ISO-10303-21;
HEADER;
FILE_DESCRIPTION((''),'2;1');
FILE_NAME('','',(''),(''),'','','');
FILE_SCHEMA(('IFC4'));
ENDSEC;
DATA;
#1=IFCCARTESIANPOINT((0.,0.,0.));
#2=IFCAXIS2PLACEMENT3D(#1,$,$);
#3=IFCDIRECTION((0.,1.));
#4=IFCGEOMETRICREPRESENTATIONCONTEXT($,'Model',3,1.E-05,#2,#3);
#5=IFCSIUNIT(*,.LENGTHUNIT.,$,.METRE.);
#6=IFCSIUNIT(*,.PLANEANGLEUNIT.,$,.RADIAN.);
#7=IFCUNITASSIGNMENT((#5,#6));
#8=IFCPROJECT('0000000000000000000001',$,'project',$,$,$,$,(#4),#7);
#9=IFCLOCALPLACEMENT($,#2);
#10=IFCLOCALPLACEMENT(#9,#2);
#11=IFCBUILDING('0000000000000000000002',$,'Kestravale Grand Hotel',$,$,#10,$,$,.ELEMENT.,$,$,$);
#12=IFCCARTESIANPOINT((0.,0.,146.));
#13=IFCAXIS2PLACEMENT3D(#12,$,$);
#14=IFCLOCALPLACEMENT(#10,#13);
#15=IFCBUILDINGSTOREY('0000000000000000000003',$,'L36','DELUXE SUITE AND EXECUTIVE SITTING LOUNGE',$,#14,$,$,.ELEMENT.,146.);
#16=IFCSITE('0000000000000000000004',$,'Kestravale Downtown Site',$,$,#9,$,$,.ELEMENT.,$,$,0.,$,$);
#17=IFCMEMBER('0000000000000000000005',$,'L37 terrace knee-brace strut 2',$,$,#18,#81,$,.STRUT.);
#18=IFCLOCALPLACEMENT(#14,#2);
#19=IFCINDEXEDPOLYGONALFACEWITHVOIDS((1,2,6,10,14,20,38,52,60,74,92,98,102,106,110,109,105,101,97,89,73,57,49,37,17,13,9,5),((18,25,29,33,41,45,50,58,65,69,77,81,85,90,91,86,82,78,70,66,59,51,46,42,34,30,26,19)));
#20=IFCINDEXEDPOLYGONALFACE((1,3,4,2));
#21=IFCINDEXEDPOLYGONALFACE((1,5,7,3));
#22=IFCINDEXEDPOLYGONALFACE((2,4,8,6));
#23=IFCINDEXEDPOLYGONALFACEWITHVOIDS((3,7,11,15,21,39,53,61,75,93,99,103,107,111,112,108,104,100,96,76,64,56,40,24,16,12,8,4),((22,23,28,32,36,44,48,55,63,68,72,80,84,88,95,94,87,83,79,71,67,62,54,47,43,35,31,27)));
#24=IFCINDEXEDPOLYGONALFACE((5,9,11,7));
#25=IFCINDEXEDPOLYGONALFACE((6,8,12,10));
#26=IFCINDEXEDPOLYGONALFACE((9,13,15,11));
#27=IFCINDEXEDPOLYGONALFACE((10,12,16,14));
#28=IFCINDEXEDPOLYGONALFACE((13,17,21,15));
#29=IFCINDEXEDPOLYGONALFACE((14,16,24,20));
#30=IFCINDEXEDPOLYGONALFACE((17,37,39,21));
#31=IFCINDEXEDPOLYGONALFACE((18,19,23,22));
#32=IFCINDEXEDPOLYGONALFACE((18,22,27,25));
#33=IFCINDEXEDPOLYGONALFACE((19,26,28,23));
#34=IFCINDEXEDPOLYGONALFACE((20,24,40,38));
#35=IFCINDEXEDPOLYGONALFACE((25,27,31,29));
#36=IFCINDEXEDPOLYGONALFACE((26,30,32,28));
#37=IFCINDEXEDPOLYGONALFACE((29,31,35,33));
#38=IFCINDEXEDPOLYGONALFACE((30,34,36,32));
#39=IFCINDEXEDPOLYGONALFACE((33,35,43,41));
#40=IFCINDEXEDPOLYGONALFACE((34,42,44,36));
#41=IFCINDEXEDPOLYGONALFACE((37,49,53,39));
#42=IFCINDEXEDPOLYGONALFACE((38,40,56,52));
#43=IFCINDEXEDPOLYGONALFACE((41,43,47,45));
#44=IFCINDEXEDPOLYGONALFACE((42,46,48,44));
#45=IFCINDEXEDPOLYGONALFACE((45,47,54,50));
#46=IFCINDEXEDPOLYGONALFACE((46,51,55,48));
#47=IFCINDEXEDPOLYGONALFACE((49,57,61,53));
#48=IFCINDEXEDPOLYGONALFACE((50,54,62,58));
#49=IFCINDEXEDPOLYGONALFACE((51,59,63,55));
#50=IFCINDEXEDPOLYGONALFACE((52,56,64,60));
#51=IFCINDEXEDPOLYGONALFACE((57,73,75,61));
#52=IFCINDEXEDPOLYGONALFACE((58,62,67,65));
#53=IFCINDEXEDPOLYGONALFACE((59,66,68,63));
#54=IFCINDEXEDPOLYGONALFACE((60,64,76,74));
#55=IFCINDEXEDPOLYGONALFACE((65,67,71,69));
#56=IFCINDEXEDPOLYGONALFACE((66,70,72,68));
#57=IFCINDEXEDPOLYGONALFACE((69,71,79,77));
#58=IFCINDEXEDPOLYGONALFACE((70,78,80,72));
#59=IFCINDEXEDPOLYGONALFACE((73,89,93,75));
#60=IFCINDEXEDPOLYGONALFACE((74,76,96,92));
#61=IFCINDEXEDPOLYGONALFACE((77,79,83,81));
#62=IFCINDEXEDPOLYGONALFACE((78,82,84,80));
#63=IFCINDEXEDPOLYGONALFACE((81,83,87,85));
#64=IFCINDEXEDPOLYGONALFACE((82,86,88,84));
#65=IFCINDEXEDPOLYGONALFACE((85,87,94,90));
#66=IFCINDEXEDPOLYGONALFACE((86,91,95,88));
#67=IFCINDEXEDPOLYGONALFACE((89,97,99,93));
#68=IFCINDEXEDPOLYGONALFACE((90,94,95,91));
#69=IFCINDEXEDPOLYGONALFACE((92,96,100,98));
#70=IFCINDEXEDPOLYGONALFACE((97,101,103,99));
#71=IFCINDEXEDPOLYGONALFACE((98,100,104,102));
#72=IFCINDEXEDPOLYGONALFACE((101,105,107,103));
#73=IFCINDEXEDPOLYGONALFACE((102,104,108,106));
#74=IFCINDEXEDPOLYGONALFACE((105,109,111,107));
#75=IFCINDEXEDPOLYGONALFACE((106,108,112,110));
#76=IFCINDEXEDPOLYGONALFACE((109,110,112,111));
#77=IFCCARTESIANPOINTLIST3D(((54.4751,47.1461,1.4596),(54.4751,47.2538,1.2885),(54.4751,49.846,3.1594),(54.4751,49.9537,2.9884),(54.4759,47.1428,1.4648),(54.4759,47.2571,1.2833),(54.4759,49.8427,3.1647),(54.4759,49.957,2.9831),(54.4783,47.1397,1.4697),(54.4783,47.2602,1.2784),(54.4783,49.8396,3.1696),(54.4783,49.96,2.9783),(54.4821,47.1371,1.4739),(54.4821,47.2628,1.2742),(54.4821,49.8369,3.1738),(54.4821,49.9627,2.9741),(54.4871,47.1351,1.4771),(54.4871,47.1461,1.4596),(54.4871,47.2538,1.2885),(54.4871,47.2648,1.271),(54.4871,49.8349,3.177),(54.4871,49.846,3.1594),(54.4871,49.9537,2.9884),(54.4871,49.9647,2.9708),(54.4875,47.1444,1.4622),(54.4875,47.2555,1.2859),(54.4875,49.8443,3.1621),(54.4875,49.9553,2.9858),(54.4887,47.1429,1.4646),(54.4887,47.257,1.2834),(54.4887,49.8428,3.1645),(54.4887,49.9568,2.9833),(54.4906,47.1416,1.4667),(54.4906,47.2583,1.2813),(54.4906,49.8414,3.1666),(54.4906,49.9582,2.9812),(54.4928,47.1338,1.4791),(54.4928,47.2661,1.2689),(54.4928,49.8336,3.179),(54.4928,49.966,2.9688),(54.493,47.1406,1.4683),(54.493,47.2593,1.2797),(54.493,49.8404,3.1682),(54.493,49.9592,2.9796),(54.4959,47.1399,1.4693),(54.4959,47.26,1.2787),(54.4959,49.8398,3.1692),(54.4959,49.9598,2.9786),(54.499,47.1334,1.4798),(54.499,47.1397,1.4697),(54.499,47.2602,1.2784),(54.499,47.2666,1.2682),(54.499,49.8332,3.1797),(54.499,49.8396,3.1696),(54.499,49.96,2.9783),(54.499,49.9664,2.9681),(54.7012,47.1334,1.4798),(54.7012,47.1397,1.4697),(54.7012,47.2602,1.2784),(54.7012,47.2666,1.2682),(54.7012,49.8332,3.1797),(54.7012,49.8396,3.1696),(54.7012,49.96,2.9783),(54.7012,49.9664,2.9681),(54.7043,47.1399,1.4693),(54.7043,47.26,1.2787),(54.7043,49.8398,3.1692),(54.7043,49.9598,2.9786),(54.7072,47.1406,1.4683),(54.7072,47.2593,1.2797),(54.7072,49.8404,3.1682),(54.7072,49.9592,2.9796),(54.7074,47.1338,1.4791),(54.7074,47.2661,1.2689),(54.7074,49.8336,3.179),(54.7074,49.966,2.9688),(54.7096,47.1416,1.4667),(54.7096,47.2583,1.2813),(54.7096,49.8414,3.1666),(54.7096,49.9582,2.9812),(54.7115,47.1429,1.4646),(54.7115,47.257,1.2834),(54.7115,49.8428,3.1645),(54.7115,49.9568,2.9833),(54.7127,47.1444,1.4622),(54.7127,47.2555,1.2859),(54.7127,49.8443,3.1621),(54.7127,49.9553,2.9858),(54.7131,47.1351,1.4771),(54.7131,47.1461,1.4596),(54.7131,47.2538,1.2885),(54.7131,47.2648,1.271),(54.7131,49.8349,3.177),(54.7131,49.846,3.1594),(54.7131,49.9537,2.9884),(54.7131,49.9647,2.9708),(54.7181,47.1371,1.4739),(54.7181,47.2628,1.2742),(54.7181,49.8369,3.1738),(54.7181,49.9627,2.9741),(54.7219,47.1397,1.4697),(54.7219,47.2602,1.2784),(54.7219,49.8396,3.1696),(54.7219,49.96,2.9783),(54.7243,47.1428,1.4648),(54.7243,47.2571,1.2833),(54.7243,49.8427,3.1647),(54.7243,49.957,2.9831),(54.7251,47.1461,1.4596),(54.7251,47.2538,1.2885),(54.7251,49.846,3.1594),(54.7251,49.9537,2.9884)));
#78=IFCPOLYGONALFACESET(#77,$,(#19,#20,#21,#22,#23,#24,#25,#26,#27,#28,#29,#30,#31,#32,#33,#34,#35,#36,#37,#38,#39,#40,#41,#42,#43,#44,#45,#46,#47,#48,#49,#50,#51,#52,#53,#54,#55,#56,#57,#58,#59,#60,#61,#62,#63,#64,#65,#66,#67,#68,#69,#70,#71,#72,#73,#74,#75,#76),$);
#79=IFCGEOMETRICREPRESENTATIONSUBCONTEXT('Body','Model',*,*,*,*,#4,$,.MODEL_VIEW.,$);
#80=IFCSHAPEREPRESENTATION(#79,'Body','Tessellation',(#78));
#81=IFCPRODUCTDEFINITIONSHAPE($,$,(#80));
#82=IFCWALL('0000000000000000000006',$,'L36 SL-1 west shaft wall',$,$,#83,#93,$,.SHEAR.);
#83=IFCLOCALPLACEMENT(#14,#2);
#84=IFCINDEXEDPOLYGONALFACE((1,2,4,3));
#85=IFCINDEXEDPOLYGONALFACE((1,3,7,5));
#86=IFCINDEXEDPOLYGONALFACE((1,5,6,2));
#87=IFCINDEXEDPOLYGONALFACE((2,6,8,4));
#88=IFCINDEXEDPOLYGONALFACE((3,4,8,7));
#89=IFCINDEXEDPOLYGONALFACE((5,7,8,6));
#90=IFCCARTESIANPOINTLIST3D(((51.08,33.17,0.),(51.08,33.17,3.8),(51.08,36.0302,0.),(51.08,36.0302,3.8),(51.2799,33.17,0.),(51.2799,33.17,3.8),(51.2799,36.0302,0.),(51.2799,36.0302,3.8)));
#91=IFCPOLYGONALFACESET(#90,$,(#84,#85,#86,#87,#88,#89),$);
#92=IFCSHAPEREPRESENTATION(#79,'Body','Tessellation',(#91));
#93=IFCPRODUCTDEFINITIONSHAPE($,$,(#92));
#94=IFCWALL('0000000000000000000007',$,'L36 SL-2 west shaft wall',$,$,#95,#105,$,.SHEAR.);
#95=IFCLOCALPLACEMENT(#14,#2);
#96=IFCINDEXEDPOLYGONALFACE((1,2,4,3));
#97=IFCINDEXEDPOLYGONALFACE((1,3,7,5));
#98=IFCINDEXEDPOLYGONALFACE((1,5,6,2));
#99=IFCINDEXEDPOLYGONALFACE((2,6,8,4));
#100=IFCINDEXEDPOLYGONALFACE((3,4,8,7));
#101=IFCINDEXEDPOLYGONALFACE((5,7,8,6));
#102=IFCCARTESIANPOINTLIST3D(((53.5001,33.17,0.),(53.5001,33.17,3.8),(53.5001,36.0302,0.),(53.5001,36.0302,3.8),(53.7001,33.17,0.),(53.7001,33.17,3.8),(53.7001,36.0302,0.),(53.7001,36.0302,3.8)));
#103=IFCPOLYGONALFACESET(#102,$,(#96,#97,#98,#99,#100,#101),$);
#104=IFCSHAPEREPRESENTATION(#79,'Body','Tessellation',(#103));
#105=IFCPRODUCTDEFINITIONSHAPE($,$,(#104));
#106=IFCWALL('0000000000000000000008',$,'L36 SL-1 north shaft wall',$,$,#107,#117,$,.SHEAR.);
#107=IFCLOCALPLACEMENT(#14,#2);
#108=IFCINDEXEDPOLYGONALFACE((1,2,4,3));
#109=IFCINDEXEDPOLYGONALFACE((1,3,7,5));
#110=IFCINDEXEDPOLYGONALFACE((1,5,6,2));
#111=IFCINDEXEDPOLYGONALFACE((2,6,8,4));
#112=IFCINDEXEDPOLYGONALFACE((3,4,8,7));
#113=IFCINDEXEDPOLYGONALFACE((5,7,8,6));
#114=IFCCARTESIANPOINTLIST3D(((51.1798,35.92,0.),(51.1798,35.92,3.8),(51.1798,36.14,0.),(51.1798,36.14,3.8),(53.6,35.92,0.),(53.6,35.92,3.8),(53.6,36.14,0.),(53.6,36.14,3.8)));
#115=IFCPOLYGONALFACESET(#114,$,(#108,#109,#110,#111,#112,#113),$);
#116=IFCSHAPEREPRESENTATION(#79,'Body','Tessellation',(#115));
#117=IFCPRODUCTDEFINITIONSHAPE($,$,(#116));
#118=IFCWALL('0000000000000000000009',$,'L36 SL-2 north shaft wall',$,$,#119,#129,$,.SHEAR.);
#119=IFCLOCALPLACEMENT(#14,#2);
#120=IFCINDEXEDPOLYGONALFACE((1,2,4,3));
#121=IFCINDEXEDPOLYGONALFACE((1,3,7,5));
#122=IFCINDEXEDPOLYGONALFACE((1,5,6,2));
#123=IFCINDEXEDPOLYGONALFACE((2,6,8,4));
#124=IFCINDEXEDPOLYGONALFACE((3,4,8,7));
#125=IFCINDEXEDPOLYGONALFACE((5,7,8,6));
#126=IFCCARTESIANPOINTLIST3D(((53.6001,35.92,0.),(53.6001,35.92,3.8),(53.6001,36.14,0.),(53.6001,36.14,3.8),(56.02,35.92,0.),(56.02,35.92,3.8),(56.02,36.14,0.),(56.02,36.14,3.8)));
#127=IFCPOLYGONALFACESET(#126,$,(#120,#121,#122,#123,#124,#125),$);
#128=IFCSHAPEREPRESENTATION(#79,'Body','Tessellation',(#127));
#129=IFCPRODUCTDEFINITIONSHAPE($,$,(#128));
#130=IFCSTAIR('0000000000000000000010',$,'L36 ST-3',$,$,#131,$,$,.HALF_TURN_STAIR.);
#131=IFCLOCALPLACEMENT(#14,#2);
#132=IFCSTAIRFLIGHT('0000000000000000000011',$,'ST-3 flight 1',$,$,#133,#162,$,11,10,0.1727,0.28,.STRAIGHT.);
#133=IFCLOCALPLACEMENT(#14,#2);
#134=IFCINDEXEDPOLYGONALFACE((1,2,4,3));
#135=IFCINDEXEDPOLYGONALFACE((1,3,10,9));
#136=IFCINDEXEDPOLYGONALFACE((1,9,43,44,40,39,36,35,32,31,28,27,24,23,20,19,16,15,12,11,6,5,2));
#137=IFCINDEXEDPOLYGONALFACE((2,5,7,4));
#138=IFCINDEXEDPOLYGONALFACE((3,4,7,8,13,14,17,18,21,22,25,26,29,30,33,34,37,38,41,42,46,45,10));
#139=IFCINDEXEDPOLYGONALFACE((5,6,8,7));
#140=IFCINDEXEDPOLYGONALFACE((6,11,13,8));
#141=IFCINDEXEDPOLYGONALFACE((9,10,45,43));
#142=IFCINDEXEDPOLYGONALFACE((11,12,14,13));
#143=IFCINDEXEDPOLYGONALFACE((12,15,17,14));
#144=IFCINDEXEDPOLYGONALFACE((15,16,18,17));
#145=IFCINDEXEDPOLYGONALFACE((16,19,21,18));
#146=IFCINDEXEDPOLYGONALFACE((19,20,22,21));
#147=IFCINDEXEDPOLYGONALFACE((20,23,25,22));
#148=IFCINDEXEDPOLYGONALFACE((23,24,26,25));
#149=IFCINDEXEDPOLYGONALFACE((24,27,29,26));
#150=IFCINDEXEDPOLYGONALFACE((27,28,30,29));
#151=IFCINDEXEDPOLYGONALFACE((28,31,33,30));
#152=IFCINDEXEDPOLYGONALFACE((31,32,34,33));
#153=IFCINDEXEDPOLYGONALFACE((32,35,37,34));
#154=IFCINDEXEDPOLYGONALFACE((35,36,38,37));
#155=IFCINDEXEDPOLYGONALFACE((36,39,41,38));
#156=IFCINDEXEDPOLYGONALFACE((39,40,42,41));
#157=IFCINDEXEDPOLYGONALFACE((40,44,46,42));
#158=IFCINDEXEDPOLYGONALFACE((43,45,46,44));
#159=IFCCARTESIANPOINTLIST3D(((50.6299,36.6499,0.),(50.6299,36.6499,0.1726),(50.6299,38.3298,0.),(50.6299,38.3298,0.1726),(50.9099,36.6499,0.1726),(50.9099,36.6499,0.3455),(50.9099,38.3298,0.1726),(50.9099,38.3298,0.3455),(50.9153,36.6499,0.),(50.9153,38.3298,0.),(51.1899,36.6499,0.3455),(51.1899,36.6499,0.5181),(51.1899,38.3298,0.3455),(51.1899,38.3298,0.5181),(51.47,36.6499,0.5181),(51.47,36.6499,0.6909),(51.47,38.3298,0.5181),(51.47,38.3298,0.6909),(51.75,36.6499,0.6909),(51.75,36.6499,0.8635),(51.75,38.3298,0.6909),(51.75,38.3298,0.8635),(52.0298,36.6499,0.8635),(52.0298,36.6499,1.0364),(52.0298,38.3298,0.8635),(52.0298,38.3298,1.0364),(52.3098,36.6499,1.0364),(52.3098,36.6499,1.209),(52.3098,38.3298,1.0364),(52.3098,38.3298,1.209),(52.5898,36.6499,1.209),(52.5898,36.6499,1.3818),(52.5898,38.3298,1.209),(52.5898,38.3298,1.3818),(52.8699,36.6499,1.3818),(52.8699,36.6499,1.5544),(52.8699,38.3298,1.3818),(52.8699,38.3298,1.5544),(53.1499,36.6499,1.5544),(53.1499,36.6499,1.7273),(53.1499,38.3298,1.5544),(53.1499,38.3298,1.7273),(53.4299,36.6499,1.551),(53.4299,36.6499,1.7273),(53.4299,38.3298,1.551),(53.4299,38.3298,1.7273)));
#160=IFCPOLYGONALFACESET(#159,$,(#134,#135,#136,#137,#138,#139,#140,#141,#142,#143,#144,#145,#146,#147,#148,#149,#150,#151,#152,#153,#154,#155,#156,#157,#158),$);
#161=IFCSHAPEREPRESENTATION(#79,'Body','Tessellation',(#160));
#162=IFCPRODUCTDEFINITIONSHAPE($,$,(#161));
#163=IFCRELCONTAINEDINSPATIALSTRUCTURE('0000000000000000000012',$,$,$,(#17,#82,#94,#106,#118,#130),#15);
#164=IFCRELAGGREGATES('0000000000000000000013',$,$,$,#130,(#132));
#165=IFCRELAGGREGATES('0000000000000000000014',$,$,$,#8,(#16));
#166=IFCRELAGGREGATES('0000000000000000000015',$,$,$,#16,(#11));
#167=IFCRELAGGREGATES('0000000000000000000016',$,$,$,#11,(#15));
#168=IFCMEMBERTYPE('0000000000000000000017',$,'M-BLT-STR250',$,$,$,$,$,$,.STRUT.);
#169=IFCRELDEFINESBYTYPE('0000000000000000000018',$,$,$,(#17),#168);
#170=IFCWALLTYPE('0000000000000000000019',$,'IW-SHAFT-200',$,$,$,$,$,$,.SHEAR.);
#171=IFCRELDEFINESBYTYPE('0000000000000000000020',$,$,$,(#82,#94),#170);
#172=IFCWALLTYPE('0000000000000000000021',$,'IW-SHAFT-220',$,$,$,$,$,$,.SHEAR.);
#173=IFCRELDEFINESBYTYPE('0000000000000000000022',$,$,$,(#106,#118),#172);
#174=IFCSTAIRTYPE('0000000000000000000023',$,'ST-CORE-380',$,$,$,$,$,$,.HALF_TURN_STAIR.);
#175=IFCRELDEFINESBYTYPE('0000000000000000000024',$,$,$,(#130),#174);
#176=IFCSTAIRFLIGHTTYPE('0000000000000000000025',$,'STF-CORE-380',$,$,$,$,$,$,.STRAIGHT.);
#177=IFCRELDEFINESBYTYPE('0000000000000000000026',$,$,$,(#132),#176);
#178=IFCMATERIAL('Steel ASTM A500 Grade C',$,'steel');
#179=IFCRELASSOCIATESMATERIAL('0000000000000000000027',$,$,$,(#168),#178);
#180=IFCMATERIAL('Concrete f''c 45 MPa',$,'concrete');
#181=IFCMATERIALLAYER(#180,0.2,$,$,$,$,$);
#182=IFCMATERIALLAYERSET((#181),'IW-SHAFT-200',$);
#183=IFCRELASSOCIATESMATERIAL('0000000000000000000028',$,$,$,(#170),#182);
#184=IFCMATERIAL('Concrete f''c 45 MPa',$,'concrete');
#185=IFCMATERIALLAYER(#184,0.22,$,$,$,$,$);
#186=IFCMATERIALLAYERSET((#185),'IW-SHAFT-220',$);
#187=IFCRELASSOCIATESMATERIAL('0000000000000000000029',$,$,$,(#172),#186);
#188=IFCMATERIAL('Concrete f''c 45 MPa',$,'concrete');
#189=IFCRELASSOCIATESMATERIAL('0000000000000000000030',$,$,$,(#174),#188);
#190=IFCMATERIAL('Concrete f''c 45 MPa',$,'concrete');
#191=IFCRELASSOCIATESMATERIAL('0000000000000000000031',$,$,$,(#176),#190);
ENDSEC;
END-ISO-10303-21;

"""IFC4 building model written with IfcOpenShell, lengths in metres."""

from ifc_helpers import new_model, si_unit, direction, frame, frame_2d, origin, origin_2d, place, context, subcontext, project, spatial, polyline, rectangle, hollow_rectangle, outline, extrude, material, layer, layer_set, material_profile, profile_set, type_object, element, aggregate, save


model = new_model("IFC4")

# Units and contexts
model_context = context("Model", 3, precision=1e-05, world=origin(), true_north=direction((0.0, 1.0)))
body_context = subcontext(model_context, "Body", "Model", "MODEL_VIEW")
ifc_project = project(units=[si_unit("LENGTHUNIT", "METRE"), si_unit("PLANEANGLEUNIT", "RADIAN")], contexts=[model_context])

# Site, building, storey
site_placement = place(None, origin())
site = spatial("IfcSite", under=ifc_project, at=site_placement, Name="Kestravale Downtown Site", CompositionType="ELEMENT", RefElevation=0.0)
building_placement = place(site_placement, origin())
building = spatial("IfcBuilding", under=site, at=building_placement, Name="Kestravale Grand Hotel", CompositionType="ELEMENT")
storey_placement = place(building_placement, frame((0.0, 0.0, 146.0)))
storey = spatial("IfcBuildingStorey", under=building, at=storey_placement, Name="L36", Description="DELUXE SUITE AND EXECUTIVE SITTING LOUNGE", CompositionType="ELEMENT", Elevation=146.0)

# Member
ifc_material_1 = material(Name="Steel ASTM A500 Grade C", Category="steel")
ifc_material_profile_1 = material_profile(ifc_material_1, hollow_rectangle(XDim=0.25, YDim=0.25, WallThickness=0.012, InnerFilletRadius=0.012, OuterFilletRadius=0.0239, at=origin_2d()))
ifc_profile_set_1 = profile_set([ifc_material_profile_1], Name="Steel ASTM A500 Grade C")
member_type = type_object("IfcMemberType", Name="M-BLT-STR250", PredefinedType="STRUT", material=ifc_profile_set_1)
member_placement = place(storey_placement, frame((54.6001, 47.2, 1.374), z_axis=(0.0, 0.846235, 0.532809), x_axis=(-1.0, 0.0, 0.0)))
element("IfcMember", 1, at=member_placement, inside=storey, type_object=member_type, Name="L37 terrace knee-brace strut 2", PredefinedType="STRUT", context=body_context, shape_type="SweptSolid", body=[
    extrude(hollow_rectangle(XDim=0.25, YDim=0.25, WallThickness=0.012, InnerFilletRadius=0.012, OuterFilletRadius=0.0239, at=origin_2d()), origin(), (0.0, 0.0, 1.0), 3.1904),
])

# Walls
ifc_material_2 = material(Name="Concrete f'c 45 MPa", Category="concrete")
ifc_layer_1 = layer(ifc_material_2, 0.2)
ifc_layer_set_1 = layer_set([ifc_layer_1], Name="IW-SHAFT-200")
wall_type_1 = type_object("IfcWallType", Name="IW-SHAFT-200", PredefinedType="SHEAR", material=ifc_layer_set_1)
for number, where, z_axis, x_axis, name in (
    (2, (51.1799, 33.1699, 0.0), (0.0, 0.0, 1.0), (0.0, 1.0, 0.0), "L36 SL-1 west shaft wall"),
    (3, (53.6001, 33.1699, 0.0), (0.0, 0.0, 1.0), (0.0, 1.0, 0.0), "L36 SL-2 west shaft wall"),
):
    element("IfcWall", number, at=place(storey_placement, frame(where, z_axis=z_axis, x_axis=x_axis)), inside=storey, type_object=wall_type_1, Name=name, PredefinedType="SHEAR", context=body_context, shape_type="SweptSolid", body=[
        extrude(rectangle(XDim=2.8601, YDim=0.2, at=frame_2d((1.4302, 0.0))), origin(), (0.0, 0.0, 1.0), 3.8),
    ])
ifc_material_3 = material(Name="Concrete f'c 45 MPa", Category="concrete")
ifc_layer_2 = layer(ifc_material_3, 0.22)
ifc_layer_set_2 = layer_set([ifc_layer_2], Name="IW-SHAFT-220")
wall_type_2 = type_object("IfcWallType", Name="IW-SHAFT-220", PredefinedType="SHEAR", material=ifc_layer_set_2)
wall_1_placement = place(storey_placement, frame((51.1799, 36.03, 0.0), z_axis=(0.0, 0.0, 1.0), x_axis=(1.0, 0.0, 0.0)))
element("IfcWall", 4, at=wall_1_placement, inside=storey, type_object=wall_type_2, Name="L36 SL-1 north shaft wall", PredefinedType="SHEAR", context=body_context, shape_type="SweptSolid", body=[
    extrude(rectangle(XDim=2.4202, YDim=0.22, at=frame_2d((1.21, 0.0))), origin(), (0.0, 0.0, 1.0), 3.8),
])

# Wall
wall_2_placement = place(storey_placement, frame((53.6001, 36.03, 0.0), z_axis=(0.0, 0.0, 1.0), x_axis=(1.0, 0.0, 0.0)))
element("IfcWall", 5, at=wall_2_placement, inside=storey, type_object=wall_type_2, Name="L36 SL-2 north shaft wall", PredefinedType="SHEAR", context=body_context, shape_type="SweptSolid", body=[
    extrude(rectangle(XDim=2.4199, YDim=0.22, at=frame_2d((1.21, 0.0))), origin(), (0.0, 0.0, 1.0), 3.8),
])

# Stair, stair flight
ifc_material_4 = material(Name="Concrete f'c 45 MPa", Category="concrete")
stair_type = type_object("IfcStairType", Name="ST-CORE-380", PredefinedType="HALF_TURN_STAIR", material=ifc_material_4)
stair_placement = place(storey_placement, origin())
stair = element("IfcStair", 6, at=stair_placement, inside=storey, type_object=stair_type, Name="L36 ST-3", PredefinedType="HALF_TURN_STAIR")
ifc_material_5 = material(Name="Concrete f'c 45 MPa", Category="concrete")
stair_flight_type = type_object("IfcStairFlightType", Name="STF-CORE-380", PredefinedType="STRAIGHT", material=ifc_material_5)
stair_flight_1_placement = place(storey_placement, frame((50.6299, 37.49, 0.0), z_axis=(0.0, 0.0, 1.0), x_axis=(1.0, 0.0, 0.0)))
stair_flight_1 = element("IfcStairFlight", 7, at=stair_flight_1_placement, type_object=stair_flight_type, Name="ST-3 flight 1", NumberOfRisers=11, NumberOfTreads=10, PredefinedType="STRAIGHT", RiserHeight=0.1727, TreadLength=0.28, context=body_context, shape_type="SweptSolid", body=[
    extrude(outline(polyline([(0.0, 0.0), (0.0, 0.1726), (0.28, 0.1726), (0.28, 0.3455), (0.5601, 0.3455), (0.5601, 0.5181), (0.8401, 0.5181), (0.8401, 0.6909), (1.1201, 0.6909), (1.1201, 0.8635), (1.3999, 0.8635), (1.3999, 1.0364), (1.6799, 1.0364), (1.6799, 1.209), (1.96, 1.209), (1.96, 1.3818), (2.24, 1.3818), (2.24, 1.5544), (2.52, 1.5544), (2.52, 1.7273), (2.8, 1.7273), (2.8, 1.8999), (2.8, 1.551), (0.2854, 0.0), (0.0, 0.0)])), frame((0.0, 0.8398, 0.0), z_axis=(0.0, -1.0, 0.0), x_axis=(1.0, 0.0, 0.0)), (0.0, 0.0, 1.0), 1.6799),
])
aggregate(stair, [stair_flight_1])

save(model, "model.ifc")
